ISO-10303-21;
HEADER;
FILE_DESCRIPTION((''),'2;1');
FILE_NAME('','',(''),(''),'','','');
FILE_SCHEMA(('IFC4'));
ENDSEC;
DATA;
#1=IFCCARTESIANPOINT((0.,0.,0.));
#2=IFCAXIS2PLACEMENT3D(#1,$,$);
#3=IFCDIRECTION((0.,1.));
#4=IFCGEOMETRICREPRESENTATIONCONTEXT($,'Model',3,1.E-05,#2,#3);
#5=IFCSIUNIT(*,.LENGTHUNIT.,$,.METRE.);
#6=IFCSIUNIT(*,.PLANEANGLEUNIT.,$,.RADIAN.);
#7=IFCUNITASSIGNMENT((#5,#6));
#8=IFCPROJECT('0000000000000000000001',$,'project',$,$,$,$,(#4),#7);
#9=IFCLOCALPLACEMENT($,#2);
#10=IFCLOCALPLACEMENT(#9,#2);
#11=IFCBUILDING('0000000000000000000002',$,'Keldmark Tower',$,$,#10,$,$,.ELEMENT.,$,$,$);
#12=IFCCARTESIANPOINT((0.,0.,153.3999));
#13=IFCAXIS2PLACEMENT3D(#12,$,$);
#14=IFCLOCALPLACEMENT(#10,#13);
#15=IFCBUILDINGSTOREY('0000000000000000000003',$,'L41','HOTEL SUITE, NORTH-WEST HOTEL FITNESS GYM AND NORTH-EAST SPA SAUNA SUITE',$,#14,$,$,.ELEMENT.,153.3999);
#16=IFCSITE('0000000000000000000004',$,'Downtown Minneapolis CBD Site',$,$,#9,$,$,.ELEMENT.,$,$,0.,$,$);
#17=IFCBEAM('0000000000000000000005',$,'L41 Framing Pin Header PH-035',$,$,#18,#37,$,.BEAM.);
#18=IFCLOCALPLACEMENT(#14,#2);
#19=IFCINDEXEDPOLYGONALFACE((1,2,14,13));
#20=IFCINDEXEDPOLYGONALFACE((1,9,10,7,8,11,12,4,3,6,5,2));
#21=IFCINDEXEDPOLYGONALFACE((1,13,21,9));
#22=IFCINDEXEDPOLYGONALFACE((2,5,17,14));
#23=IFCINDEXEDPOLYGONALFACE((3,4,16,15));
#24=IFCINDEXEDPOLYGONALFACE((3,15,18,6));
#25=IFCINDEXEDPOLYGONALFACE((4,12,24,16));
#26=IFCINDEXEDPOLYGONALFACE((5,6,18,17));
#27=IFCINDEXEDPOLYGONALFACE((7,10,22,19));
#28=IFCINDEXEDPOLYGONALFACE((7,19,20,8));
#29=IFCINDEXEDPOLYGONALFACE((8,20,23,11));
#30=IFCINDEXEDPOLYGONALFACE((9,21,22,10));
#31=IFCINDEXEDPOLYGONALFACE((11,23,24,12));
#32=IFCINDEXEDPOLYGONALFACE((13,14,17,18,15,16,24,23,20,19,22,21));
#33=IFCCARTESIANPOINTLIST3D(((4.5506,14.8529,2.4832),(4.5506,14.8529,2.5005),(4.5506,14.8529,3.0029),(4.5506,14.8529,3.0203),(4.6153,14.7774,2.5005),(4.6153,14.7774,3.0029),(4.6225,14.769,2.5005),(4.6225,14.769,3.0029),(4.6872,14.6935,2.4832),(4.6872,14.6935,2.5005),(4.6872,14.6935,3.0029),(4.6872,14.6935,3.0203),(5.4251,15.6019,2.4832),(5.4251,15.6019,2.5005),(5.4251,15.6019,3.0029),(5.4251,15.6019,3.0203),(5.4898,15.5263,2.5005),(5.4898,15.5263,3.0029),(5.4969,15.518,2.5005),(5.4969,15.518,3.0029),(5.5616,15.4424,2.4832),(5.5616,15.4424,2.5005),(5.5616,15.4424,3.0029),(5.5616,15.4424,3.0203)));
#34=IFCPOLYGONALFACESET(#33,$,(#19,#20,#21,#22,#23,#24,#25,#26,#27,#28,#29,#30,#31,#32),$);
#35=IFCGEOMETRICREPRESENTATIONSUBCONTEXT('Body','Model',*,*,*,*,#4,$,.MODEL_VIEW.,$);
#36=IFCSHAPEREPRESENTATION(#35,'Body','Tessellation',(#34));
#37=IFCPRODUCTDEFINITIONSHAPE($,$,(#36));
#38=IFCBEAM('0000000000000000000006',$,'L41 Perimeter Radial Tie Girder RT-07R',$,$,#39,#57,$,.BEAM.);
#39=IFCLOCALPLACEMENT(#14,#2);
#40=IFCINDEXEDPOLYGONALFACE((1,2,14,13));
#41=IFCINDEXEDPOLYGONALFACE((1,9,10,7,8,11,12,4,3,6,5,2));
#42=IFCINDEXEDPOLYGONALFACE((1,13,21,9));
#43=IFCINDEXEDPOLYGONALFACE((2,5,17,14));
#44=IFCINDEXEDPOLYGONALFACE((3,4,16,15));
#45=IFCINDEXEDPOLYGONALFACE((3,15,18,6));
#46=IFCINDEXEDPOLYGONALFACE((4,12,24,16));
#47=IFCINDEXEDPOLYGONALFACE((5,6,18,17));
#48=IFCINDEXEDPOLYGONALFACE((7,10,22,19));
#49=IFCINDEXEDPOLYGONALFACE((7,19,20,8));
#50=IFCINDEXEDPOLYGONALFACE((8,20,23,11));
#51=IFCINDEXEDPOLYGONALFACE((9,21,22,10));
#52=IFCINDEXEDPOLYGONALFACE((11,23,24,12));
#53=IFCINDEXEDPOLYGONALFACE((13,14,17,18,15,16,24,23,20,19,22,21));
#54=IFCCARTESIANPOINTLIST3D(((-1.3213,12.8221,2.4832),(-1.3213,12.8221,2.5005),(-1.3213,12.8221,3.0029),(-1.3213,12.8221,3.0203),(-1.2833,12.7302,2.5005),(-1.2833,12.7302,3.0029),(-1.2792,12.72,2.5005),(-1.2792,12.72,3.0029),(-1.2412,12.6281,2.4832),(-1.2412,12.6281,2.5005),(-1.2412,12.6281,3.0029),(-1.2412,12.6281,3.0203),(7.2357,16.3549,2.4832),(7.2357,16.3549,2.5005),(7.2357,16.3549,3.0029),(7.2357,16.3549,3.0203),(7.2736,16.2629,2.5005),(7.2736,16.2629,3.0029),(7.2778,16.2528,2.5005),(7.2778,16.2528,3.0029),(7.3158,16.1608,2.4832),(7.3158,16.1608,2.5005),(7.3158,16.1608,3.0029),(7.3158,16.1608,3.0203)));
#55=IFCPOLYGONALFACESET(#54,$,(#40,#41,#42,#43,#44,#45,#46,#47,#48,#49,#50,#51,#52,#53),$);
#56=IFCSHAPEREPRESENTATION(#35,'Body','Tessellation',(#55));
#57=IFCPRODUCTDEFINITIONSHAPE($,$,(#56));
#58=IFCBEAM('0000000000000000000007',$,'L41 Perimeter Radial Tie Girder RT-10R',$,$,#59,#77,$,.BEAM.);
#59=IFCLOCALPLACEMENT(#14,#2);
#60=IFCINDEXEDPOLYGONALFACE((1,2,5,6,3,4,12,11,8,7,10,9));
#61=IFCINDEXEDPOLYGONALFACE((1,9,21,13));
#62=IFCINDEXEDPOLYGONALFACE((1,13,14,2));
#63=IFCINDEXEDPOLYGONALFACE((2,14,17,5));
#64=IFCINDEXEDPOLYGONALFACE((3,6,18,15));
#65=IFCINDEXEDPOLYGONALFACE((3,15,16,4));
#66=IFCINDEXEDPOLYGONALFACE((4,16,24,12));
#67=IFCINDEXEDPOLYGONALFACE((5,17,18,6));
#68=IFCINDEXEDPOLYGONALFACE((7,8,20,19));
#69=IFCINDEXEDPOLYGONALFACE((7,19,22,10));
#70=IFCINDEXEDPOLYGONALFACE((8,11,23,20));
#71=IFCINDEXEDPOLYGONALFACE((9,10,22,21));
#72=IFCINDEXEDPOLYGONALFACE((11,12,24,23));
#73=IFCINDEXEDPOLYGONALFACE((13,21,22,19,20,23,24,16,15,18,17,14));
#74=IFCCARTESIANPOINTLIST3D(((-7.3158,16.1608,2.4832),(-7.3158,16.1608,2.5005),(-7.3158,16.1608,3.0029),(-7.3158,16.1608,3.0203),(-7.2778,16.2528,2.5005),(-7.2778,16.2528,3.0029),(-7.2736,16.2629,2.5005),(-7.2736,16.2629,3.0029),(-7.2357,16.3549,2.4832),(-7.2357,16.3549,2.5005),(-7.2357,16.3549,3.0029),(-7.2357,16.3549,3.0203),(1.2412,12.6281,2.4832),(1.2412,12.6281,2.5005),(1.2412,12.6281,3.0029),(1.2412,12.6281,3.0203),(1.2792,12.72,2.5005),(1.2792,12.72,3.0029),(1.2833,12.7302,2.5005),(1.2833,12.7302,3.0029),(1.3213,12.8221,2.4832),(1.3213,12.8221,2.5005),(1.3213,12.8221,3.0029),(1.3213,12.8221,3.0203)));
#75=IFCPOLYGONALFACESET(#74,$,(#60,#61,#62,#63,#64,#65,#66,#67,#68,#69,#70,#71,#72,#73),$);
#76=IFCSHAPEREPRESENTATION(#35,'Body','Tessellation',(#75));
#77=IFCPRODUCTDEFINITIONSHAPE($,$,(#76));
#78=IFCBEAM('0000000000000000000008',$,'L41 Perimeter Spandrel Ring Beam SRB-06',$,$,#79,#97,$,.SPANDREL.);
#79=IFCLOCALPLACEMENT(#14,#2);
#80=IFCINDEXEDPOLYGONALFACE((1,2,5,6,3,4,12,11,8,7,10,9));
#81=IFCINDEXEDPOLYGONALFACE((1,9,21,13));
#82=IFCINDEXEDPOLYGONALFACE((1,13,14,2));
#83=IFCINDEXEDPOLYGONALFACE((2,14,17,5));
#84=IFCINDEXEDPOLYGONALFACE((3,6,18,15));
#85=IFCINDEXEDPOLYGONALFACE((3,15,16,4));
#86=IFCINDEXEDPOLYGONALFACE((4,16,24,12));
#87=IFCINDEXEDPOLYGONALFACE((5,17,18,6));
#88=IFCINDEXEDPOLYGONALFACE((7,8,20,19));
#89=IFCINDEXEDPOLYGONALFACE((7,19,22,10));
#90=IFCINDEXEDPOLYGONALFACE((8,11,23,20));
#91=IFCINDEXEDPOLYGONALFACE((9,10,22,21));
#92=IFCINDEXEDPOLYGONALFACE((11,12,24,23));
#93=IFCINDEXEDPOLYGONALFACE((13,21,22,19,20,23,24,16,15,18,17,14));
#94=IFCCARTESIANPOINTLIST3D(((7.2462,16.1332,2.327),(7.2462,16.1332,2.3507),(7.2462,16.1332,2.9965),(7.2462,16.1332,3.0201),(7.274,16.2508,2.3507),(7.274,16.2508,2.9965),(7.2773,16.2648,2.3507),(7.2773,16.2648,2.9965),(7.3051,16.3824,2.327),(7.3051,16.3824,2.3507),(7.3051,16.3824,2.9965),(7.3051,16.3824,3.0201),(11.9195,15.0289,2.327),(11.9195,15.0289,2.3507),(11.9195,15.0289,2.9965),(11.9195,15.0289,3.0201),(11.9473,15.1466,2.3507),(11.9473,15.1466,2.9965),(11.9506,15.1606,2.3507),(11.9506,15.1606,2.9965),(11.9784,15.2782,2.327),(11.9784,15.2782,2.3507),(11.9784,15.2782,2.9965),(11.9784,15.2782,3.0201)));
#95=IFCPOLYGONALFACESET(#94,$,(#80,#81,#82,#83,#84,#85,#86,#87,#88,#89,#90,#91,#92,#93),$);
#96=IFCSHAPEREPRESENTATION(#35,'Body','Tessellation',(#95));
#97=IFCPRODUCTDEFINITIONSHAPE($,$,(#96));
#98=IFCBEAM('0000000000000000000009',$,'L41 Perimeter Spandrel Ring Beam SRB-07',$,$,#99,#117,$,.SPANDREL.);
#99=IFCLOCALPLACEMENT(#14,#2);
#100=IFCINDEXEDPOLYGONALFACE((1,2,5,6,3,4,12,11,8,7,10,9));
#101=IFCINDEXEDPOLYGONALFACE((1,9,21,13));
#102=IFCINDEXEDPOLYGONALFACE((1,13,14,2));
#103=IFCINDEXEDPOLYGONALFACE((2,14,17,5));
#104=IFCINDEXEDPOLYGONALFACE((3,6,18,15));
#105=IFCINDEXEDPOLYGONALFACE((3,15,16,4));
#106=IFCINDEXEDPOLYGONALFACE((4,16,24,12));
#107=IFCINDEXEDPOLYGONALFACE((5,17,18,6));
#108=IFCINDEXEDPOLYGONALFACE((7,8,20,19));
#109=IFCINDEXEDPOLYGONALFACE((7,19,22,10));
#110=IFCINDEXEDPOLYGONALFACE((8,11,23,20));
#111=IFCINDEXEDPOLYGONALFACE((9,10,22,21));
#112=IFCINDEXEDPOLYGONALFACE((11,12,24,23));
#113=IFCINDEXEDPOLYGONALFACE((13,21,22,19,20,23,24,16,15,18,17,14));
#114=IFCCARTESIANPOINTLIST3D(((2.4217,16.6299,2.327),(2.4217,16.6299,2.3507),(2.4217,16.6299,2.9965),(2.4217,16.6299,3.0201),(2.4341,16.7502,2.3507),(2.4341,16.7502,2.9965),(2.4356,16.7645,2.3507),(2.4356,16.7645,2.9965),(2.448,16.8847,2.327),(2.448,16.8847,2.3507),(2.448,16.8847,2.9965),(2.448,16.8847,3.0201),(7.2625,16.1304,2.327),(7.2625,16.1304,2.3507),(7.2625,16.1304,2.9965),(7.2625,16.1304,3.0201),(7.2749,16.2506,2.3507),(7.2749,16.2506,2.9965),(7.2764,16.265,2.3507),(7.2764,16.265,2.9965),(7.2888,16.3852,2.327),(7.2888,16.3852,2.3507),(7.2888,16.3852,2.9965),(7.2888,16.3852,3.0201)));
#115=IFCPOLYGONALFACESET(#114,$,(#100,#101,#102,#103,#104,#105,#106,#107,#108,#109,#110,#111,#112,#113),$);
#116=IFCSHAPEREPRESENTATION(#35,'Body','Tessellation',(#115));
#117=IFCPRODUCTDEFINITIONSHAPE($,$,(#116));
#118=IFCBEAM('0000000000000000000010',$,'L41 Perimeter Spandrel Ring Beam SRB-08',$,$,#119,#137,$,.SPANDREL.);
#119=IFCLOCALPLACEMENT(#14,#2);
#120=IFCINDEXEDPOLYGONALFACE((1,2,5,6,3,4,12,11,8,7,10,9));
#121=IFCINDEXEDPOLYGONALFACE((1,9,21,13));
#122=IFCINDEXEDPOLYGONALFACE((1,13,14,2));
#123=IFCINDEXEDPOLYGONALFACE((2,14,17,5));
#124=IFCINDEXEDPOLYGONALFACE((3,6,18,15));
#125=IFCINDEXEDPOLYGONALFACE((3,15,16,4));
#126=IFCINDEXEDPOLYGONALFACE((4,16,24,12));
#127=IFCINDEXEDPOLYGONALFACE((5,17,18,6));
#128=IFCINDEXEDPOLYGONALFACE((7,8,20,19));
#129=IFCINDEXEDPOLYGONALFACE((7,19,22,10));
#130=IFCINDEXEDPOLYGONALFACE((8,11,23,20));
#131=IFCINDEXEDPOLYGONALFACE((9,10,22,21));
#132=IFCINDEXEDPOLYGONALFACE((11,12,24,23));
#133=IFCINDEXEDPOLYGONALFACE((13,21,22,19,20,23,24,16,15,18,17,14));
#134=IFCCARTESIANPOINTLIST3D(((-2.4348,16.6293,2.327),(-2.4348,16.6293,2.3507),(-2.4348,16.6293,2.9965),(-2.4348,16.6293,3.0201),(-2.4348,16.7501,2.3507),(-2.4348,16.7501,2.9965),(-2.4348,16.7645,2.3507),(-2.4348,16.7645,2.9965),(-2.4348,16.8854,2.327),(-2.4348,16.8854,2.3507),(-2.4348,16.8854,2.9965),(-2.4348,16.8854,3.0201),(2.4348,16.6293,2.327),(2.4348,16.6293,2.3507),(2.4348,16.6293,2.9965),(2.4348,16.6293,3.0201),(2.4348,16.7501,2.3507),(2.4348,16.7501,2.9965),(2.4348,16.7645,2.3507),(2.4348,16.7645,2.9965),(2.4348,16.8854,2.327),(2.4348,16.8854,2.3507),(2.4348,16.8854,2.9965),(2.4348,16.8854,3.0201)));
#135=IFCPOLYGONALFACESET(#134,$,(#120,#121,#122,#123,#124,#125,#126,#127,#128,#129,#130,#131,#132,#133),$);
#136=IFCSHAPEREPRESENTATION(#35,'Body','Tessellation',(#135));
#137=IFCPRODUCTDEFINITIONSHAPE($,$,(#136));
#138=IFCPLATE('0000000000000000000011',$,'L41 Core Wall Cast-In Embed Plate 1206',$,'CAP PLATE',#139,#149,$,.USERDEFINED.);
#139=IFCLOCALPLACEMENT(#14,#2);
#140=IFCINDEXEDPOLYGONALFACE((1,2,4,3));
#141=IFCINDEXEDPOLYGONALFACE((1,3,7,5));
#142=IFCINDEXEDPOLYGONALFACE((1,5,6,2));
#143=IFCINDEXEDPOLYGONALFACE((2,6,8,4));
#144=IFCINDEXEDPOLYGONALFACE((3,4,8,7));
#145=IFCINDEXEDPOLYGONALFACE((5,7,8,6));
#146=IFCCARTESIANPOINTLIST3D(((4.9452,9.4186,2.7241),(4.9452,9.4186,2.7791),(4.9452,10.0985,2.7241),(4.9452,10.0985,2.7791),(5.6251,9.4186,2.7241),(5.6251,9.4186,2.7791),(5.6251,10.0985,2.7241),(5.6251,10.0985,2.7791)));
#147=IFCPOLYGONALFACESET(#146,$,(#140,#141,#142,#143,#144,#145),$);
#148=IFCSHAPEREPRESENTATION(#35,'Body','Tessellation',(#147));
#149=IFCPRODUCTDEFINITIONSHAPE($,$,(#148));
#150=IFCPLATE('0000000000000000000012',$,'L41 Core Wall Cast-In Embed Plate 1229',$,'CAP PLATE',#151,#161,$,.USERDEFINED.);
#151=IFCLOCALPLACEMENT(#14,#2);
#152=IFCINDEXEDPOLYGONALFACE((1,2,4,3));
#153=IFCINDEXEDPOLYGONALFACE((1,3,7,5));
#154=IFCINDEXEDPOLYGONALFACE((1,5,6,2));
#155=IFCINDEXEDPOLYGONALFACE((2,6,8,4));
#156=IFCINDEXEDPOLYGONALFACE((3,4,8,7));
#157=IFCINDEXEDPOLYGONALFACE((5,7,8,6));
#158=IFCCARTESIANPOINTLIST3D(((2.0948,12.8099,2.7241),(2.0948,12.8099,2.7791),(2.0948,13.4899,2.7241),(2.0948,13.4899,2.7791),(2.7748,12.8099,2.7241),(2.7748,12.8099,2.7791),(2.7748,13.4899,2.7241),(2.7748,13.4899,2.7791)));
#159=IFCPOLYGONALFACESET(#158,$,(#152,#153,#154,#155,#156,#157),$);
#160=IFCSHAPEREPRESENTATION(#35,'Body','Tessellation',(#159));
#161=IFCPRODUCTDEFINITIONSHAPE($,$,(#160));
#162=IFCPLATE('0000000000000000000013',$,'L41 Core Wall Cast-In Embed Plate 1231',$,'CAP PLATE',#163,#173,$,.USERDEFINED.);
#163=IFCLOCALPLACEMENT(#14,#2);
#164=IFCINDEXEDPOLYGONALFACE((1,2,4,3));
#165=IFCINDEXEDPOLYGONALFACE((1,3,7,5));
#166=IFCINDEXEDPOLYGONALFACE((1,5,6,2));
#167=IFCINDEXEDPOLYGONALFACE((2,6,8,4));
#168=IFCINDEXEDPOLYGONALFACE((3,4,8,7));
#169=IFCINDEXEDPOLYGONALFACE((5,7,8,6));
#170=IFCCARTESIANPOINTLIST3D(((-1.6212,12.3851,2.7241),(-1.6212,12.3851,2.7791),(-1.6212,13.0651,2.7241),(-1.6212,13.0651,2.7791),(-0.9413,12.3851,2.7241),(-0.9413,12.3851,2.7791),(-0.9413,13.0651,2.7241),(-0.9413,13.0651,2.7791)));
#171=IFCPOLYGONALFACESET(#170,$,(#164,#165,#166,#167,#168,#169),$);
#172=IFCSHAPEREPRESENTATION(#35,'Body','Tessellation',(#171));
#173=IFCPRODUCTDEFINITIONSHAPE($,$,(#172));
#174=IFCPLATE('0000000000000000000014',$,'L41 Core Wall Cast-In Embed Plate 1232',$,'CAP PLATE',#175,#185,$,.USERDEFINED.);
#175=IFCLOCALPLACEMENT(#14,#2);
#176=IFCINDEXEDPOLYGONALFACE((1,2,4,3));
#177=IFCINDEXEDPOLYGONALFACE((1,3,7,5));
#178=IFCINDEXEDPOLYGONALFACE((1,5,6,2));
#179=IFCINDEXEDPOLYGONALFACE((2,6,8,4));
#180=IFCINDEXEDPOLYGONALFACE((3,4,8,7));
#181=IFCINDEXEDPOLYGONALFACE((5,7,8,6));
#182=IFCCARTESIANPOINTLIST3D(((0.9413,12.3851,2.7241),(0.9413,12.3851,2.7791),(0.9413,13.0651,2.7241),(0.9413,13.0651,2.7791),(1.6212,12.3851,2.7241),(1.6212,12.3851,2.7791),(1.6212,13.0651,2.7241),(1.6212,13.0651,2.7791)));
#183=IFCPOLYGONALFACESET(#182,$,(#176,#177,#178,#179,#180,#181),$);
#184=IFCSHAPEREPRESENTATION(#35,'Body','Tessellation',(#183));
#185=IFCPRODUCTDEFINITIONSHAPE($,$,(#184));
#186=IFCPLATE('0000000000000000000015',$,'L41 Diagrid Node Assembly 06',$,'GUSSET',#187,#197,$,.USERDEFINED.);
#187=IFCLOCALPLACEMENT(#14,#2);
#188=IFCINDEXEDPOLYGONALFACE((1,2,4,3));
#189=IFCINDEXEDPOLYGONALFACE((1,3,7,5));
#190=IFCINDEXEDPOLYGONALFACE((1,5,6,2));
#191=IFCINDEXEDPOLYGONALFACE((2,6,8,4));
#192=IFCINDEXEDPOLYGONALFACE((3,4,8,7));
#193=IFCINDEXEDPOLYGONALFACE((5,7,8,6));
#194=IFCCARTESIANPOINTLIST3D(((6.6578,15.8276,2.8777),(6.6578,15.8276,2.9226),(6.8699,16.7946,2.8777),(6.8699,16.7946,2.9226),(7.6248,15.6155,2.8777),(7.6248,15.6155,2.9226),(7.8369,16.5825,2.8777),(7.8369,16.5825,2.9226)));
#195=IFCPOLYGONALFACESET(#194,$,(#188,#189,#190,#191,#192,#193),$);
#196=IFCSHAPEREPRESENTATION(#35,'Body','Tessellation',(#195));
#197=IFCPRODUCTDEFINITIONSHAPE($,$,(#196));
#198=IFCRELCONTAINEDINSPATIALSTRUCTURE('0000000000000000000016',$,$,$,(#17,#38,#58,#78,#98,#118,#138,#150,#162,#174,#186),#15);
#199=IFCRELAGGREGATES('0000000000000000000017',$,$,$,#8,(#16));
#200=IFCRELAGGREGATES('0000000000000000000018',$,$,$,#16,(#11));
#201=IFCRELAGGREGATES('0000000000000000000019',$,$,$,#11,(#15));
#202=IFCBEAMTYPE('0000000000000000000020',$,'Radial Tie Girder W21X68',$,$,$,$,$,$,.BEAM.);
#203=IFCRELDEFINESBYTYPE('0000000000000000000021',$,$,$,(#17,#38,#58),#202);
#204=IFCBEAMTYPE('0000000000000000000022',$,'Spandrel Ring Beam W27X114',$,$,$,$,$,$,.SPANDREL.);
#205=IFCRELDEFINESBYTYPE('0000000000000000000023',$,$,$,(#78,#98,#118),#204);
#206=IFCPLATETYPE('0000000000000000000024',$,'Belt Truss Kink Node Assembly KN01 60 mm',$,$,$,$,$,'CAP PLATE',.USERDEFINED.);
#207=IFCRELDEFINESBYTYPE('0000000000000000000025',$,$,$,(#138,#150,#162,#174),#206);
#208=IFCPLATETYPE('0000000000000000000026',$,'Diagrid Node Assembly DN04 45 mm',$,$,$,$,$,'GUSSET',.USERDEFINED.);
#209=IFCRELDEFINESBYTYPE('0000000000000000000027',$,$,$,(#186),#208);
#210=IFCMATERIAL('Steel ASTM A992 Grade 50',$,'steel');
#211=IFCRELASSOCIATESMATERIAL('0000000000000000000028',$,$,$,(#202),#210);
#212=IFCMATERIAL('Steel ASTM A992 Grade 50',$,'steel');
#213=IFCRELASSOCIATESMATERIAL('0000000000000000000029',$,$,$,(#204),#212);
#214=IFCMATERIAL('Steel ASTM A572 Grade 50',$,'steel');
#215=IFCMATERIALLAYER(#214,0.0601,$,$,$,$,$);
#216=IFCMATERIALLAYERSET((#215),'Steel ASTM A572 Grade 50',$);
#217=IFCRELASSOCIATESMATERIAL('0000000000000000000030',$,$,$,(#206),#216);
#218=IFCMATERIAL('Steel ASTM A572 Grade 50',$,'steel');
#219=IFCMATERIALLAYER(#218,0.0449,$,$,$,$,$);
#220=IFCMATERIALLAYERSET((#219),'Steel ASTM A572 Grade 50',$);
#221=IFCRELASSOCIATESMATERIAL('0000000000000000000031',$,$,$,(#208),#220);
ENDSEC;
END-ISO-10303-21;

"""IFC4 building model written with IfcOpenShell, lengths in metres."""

from ifc_helpers import new_model, si_unit, direction, frame, origin, origin_2d, place, context, subcontext, project, spatial, rectangle, i_section, extrude, material, layer, layer_set, material_profile, profile_set, type_object, element, save


model = new_model("IFC4")

# Units and contexts
model_context = context("Model", 3, precision=1e-05, world=origin(), true_north=direction((0.0, 1.0)))
body_context = subcontext(model_context, "Body", "Model", "MODEL_VIEW")
ifc_project = project(units=[si_unit("LENGTHUNIT", "METRE"), si_unit("PLANEANGLEUNIT", "RADIAN")], contexts=[model_context])

# Site, building, storey
site_placement = place(None, origin())
site = spatial("IfcSite", under=ifc_project, at=site_placement, Name="Downtown Minneapolis CBD Site", CompositionType="ELEMENT", RefElevation=0.0)
building_placement = place(site_placement, origin())
building = spatial("IfcBuilding", under=site, at=building_placement, Name="Keldmark Tower", CompositionType="ELEMENT")
storey_placement = place(building_placement, frame((0.0, 0.0, 153.3999)))
storey = spatial("IfcBuildingStorey", under=building, at=storey_placement, Name="L41", Description="HOTEL SUITE, NORTH-WEST HOTEL FITNESS GYM AND NORTH-EAST SPA SAUNA SUITE", CompositionType="ELEMENT", Elevation=153.3999)

# Beams
ifc_material_1 = material(Name="Steel ASTM A992 Grade 50", Category="steel")
ifc_material_profile_1 = material_profile(ifc_material_1, i_section(OverallWidth=0.21, OverallDepth=0.5371, WebThickness=0.011, FlangeThickness=0.0173, at=origin_2d()), Name="W21X68")
ifc_profile_set_1 = profile_set([ifc_material_profile_1], Name="Steel ASTM A992 Grade 50")
beam_type_1 = type_object("IfcBeamType", Name="Radial Tie Girder W21X68", PredefinedType="BEAM", material=ifc_profile_set_1)
beam_1_placement = place(storey_placement, frame((4.6189, 14.7732, 2.7517), z_axis=(0.759496, 0.650512, 0.0), x_axis=(-0.650512, 0.759496, 0.0)))
element("IfcBeam", 1, at=beam_1_placement, inside=storey, type_object=beam_type_1, Name="L41 Framing Pin Header PH-035", PredefinedType="BEAM", context=body_context, shape_type="SweptSolid", body=[
    extrude(i_section(OverallWidth=0.21, OverallDepth=0.5371, WebThickness=0.011, FlangeThickness=0.0173, at=origin_2d()), origin(), (0.0, 0.0, 1.0), 1.1514),
])
for number, where, z_axis, x_axis, name in (
    (2, (-1.2812, 12.7251, 2.7517), (0.924324, 0.381608, 0.0), (-0.381608, 0.924324, 0.0), "L41 Perimeter Radial Tie Girder RT-07R"),
    (3, (1.2812, 12.7251, 2.7517), (-0.924324, 0.381608, 0.0), (-0.381608, -0.924324, 0.0), "L41 Perimeter Radial Tie Girder RT-10R"),
):
    element("IfcBeam", number, at=place(storey_placement, frame(where, z_axis=z_axis, x_axis=x_axis)), inside=storey, type_object=beam_type_1, Name=name, PredefinedType="BEAM", context=body_context, shape_type="SweptSolid", body=[
        extrude(i_section(OverallWidth=0.21, OverallDepth=0.5371, WebThickness=0.011, FlangeThickness=0.0173, at=origin_2d()), origin(), (0.0, 0.0, 1.0), 9.2576),
    ])
ifc_material_2 = material(Name="Steel ASTM A992 Grade 50", Category="steel")
ifc_material_profile_2 = material_profile(ifc_material_2, i_section(OverallWidth=0.2561, OverallDepth=0.6931, WebThickness=0.0144, FlangeThickness=0.0237, at=origin_2d()), Name="W27X114")
ifc_profile_set_2 = profile_set([ifc_material_profile_2], Name="Steel ASTM A992 Grade 50")
beam_type_2 = type_object("IfcBeamType", Name="Spandrel Ring Beam W27X114", PredefinedType="SPANDREL", material=ifc_profile_set_2)
beam_2_placement = place(storey_placement, frame((11.949, 15.1536, 2.6736), z_axis=(-0.973201, 0.229955, 0.0), x_axis=(-0.229955, -0.973201, 0.0)))
element("IfcBeam", 4, at=beam_2_placement, inside=storey, type_object=beam_type_2, Name="L41 Perimeter Spandrel Ring Beam SRB-06", PredefinedType="SPANDREL", context=body_context, shape_type="SweptSolid", body=[
    extrude(i_section(OverallWidth=0.2561, OverallDepth=0.6931, WebThickness=0.0144, FlangeThickness=0.0237, at=origin_2d()), origin(), (0.0, 0.0, 1.0), 4.802),
])
beam_3_placement = place(storey_placement, frame((7.2756, 16.2578, 2.6736), z_axis=(-0.994718, 0.102642, 0.0), x_axis=(-0.102642, -0.994718, 0.0)))
element("IfcBeam", 5, at=beam_3_placement, inside=storey, type_object=beam_type_2, Name="L41 Perimeter Spandrel Ring Beam SRB-07", PredefinedType="SPANDREL", context=body_context, shape_type="SweptSolid", body=[
    extrude(i_section(OverallWidth=0.2561, OverallDepth=0.6931, WebThickness=0.0144, FlangeThickness=0.0237, at=origin_2d()), origin(), (0.0, 0.0, 1.0), 4.8665),
])
beam_4_placement = place(storey_placement, frame((2.4348, 16.7573, 2.6736), z_axis=(-1.0, 0.0, 0.0), x_axis=(0.0, -1.0, 0.0)))
element("IfcBeam", 6, at=beam_4_placement, inside=storey, type_object=beam_type_2, Name="L41 Perimeter Spandrel Ring Beam SRB-08", PredefinedType="SPANDREL", context=body_context, shape_type="SweptSolid", body=[
    extrude(i_section(OverallWidth=0.2561, OverallDepth=0.6931, WebThickness=0.0144, FlangeThickness=0.0237, at=origin_2d()), origin(), (0.0, 0.0, 1.0), 4.8696),
])

# Plates
ifc_material_3 = material(Name="Steel ASTM A572 Grade 50", Category="steel")
ifc_layer_1 = layer(ifc_material_3, 0.0601)
ifc_layer_set_1 = layer_set([ifc_layer_1], Name="Steel ASTM A572 Grade 50")
plate_type_1 = type_object("IfcPlateType", Name="Belt Truss Kink Node Assembly KN01 60 mm", ElementType="CAP PLATE", PredefinedType="USERDEFINED", material=ifc_layer_set_1)
for number, where, z_axis, x_axis, name in (
    (7, (5.2852, 9.7585, 2.7241), (0.0, 0.0, 1.0), (1.0, 0.0, 0.0), "L41 Core Wall Cast-In Embed Plate 1206"),
    (8, (2.4348, 13.1499, 2.7241), (0.0, 0.0, 1.0), (1.0, 0.0, 0.0), "L41 Core Wall Cast-In Embed Plate 1229"),
    (9, (-1.2812, 12.7251, 2.7241), (0.0, 0.0, 1.0), (1.0, 0.0, 0.0), "L41 Core Wall Cast-In Embed Plate 1231"),
    (10, (1.2812, 12.7251, 2.7241), (0.0, 0.0, 1.0), (1.0, 0.0, 0.0), "L41 Core Wall Cast-In Embed Plate 1232"),
):
    element("IfcPlate", number, at=place(storey_placement, frame(where, z_axis=z_axis, x_axis=x_axis)), inside=storey, type_object=plate_type_1, Name=name, ObjectType="CAP PLATE", PredefinedType="USERDEFINED", context=body_context, shape_type="SweptSolid", body=[
        extrude(rectangle(XDim=0.6799, YDim=0.6799, at=origin_2d()), origin(), (0.0, 0.0, 1.0), 0.0549),
    ])
ifc_material_4 = material(Name="Steel ASTM A572 Grade 50", Category="steel")
ifc_layer_2 = layer(ifc_material_4, 0.0449)
ifc_layer_set_2 = layer_set([ifc_layer_2], Name="Steel ASTM A572 Grade 50")
plate_type_2 = type_object("IfcPlateType", Name="Diagrid Node Assembly DN04 45 mm", ElementType="GUSSET", PredefinedType="USERDEFINED", material=ifc_layer_set_2)
plate_placement = place(storey_placement, frame((7.2473, 16.2051, 2.8777), z_axis=(0.0, 0.0, 1.0), x_axis=(-0.976785, 0.214224, 0.0)))
element("IfcPlate", 11, at=plate_placement, inside=storey, type_object=plate_type_2, Name="L41 Diagrid Node Assembly 06", ObjectType="GUSSET", PredefinedType="USERDEFINED", context=body_context, shape_type="SweptSolid", body=[
    extrude(rectangle(XDim=0.99, YDim=0.99, at=origin_2d()), origin(), (0.0, 0.0, 1.0), 0.0449),
])

save(model, "model.ifc")
